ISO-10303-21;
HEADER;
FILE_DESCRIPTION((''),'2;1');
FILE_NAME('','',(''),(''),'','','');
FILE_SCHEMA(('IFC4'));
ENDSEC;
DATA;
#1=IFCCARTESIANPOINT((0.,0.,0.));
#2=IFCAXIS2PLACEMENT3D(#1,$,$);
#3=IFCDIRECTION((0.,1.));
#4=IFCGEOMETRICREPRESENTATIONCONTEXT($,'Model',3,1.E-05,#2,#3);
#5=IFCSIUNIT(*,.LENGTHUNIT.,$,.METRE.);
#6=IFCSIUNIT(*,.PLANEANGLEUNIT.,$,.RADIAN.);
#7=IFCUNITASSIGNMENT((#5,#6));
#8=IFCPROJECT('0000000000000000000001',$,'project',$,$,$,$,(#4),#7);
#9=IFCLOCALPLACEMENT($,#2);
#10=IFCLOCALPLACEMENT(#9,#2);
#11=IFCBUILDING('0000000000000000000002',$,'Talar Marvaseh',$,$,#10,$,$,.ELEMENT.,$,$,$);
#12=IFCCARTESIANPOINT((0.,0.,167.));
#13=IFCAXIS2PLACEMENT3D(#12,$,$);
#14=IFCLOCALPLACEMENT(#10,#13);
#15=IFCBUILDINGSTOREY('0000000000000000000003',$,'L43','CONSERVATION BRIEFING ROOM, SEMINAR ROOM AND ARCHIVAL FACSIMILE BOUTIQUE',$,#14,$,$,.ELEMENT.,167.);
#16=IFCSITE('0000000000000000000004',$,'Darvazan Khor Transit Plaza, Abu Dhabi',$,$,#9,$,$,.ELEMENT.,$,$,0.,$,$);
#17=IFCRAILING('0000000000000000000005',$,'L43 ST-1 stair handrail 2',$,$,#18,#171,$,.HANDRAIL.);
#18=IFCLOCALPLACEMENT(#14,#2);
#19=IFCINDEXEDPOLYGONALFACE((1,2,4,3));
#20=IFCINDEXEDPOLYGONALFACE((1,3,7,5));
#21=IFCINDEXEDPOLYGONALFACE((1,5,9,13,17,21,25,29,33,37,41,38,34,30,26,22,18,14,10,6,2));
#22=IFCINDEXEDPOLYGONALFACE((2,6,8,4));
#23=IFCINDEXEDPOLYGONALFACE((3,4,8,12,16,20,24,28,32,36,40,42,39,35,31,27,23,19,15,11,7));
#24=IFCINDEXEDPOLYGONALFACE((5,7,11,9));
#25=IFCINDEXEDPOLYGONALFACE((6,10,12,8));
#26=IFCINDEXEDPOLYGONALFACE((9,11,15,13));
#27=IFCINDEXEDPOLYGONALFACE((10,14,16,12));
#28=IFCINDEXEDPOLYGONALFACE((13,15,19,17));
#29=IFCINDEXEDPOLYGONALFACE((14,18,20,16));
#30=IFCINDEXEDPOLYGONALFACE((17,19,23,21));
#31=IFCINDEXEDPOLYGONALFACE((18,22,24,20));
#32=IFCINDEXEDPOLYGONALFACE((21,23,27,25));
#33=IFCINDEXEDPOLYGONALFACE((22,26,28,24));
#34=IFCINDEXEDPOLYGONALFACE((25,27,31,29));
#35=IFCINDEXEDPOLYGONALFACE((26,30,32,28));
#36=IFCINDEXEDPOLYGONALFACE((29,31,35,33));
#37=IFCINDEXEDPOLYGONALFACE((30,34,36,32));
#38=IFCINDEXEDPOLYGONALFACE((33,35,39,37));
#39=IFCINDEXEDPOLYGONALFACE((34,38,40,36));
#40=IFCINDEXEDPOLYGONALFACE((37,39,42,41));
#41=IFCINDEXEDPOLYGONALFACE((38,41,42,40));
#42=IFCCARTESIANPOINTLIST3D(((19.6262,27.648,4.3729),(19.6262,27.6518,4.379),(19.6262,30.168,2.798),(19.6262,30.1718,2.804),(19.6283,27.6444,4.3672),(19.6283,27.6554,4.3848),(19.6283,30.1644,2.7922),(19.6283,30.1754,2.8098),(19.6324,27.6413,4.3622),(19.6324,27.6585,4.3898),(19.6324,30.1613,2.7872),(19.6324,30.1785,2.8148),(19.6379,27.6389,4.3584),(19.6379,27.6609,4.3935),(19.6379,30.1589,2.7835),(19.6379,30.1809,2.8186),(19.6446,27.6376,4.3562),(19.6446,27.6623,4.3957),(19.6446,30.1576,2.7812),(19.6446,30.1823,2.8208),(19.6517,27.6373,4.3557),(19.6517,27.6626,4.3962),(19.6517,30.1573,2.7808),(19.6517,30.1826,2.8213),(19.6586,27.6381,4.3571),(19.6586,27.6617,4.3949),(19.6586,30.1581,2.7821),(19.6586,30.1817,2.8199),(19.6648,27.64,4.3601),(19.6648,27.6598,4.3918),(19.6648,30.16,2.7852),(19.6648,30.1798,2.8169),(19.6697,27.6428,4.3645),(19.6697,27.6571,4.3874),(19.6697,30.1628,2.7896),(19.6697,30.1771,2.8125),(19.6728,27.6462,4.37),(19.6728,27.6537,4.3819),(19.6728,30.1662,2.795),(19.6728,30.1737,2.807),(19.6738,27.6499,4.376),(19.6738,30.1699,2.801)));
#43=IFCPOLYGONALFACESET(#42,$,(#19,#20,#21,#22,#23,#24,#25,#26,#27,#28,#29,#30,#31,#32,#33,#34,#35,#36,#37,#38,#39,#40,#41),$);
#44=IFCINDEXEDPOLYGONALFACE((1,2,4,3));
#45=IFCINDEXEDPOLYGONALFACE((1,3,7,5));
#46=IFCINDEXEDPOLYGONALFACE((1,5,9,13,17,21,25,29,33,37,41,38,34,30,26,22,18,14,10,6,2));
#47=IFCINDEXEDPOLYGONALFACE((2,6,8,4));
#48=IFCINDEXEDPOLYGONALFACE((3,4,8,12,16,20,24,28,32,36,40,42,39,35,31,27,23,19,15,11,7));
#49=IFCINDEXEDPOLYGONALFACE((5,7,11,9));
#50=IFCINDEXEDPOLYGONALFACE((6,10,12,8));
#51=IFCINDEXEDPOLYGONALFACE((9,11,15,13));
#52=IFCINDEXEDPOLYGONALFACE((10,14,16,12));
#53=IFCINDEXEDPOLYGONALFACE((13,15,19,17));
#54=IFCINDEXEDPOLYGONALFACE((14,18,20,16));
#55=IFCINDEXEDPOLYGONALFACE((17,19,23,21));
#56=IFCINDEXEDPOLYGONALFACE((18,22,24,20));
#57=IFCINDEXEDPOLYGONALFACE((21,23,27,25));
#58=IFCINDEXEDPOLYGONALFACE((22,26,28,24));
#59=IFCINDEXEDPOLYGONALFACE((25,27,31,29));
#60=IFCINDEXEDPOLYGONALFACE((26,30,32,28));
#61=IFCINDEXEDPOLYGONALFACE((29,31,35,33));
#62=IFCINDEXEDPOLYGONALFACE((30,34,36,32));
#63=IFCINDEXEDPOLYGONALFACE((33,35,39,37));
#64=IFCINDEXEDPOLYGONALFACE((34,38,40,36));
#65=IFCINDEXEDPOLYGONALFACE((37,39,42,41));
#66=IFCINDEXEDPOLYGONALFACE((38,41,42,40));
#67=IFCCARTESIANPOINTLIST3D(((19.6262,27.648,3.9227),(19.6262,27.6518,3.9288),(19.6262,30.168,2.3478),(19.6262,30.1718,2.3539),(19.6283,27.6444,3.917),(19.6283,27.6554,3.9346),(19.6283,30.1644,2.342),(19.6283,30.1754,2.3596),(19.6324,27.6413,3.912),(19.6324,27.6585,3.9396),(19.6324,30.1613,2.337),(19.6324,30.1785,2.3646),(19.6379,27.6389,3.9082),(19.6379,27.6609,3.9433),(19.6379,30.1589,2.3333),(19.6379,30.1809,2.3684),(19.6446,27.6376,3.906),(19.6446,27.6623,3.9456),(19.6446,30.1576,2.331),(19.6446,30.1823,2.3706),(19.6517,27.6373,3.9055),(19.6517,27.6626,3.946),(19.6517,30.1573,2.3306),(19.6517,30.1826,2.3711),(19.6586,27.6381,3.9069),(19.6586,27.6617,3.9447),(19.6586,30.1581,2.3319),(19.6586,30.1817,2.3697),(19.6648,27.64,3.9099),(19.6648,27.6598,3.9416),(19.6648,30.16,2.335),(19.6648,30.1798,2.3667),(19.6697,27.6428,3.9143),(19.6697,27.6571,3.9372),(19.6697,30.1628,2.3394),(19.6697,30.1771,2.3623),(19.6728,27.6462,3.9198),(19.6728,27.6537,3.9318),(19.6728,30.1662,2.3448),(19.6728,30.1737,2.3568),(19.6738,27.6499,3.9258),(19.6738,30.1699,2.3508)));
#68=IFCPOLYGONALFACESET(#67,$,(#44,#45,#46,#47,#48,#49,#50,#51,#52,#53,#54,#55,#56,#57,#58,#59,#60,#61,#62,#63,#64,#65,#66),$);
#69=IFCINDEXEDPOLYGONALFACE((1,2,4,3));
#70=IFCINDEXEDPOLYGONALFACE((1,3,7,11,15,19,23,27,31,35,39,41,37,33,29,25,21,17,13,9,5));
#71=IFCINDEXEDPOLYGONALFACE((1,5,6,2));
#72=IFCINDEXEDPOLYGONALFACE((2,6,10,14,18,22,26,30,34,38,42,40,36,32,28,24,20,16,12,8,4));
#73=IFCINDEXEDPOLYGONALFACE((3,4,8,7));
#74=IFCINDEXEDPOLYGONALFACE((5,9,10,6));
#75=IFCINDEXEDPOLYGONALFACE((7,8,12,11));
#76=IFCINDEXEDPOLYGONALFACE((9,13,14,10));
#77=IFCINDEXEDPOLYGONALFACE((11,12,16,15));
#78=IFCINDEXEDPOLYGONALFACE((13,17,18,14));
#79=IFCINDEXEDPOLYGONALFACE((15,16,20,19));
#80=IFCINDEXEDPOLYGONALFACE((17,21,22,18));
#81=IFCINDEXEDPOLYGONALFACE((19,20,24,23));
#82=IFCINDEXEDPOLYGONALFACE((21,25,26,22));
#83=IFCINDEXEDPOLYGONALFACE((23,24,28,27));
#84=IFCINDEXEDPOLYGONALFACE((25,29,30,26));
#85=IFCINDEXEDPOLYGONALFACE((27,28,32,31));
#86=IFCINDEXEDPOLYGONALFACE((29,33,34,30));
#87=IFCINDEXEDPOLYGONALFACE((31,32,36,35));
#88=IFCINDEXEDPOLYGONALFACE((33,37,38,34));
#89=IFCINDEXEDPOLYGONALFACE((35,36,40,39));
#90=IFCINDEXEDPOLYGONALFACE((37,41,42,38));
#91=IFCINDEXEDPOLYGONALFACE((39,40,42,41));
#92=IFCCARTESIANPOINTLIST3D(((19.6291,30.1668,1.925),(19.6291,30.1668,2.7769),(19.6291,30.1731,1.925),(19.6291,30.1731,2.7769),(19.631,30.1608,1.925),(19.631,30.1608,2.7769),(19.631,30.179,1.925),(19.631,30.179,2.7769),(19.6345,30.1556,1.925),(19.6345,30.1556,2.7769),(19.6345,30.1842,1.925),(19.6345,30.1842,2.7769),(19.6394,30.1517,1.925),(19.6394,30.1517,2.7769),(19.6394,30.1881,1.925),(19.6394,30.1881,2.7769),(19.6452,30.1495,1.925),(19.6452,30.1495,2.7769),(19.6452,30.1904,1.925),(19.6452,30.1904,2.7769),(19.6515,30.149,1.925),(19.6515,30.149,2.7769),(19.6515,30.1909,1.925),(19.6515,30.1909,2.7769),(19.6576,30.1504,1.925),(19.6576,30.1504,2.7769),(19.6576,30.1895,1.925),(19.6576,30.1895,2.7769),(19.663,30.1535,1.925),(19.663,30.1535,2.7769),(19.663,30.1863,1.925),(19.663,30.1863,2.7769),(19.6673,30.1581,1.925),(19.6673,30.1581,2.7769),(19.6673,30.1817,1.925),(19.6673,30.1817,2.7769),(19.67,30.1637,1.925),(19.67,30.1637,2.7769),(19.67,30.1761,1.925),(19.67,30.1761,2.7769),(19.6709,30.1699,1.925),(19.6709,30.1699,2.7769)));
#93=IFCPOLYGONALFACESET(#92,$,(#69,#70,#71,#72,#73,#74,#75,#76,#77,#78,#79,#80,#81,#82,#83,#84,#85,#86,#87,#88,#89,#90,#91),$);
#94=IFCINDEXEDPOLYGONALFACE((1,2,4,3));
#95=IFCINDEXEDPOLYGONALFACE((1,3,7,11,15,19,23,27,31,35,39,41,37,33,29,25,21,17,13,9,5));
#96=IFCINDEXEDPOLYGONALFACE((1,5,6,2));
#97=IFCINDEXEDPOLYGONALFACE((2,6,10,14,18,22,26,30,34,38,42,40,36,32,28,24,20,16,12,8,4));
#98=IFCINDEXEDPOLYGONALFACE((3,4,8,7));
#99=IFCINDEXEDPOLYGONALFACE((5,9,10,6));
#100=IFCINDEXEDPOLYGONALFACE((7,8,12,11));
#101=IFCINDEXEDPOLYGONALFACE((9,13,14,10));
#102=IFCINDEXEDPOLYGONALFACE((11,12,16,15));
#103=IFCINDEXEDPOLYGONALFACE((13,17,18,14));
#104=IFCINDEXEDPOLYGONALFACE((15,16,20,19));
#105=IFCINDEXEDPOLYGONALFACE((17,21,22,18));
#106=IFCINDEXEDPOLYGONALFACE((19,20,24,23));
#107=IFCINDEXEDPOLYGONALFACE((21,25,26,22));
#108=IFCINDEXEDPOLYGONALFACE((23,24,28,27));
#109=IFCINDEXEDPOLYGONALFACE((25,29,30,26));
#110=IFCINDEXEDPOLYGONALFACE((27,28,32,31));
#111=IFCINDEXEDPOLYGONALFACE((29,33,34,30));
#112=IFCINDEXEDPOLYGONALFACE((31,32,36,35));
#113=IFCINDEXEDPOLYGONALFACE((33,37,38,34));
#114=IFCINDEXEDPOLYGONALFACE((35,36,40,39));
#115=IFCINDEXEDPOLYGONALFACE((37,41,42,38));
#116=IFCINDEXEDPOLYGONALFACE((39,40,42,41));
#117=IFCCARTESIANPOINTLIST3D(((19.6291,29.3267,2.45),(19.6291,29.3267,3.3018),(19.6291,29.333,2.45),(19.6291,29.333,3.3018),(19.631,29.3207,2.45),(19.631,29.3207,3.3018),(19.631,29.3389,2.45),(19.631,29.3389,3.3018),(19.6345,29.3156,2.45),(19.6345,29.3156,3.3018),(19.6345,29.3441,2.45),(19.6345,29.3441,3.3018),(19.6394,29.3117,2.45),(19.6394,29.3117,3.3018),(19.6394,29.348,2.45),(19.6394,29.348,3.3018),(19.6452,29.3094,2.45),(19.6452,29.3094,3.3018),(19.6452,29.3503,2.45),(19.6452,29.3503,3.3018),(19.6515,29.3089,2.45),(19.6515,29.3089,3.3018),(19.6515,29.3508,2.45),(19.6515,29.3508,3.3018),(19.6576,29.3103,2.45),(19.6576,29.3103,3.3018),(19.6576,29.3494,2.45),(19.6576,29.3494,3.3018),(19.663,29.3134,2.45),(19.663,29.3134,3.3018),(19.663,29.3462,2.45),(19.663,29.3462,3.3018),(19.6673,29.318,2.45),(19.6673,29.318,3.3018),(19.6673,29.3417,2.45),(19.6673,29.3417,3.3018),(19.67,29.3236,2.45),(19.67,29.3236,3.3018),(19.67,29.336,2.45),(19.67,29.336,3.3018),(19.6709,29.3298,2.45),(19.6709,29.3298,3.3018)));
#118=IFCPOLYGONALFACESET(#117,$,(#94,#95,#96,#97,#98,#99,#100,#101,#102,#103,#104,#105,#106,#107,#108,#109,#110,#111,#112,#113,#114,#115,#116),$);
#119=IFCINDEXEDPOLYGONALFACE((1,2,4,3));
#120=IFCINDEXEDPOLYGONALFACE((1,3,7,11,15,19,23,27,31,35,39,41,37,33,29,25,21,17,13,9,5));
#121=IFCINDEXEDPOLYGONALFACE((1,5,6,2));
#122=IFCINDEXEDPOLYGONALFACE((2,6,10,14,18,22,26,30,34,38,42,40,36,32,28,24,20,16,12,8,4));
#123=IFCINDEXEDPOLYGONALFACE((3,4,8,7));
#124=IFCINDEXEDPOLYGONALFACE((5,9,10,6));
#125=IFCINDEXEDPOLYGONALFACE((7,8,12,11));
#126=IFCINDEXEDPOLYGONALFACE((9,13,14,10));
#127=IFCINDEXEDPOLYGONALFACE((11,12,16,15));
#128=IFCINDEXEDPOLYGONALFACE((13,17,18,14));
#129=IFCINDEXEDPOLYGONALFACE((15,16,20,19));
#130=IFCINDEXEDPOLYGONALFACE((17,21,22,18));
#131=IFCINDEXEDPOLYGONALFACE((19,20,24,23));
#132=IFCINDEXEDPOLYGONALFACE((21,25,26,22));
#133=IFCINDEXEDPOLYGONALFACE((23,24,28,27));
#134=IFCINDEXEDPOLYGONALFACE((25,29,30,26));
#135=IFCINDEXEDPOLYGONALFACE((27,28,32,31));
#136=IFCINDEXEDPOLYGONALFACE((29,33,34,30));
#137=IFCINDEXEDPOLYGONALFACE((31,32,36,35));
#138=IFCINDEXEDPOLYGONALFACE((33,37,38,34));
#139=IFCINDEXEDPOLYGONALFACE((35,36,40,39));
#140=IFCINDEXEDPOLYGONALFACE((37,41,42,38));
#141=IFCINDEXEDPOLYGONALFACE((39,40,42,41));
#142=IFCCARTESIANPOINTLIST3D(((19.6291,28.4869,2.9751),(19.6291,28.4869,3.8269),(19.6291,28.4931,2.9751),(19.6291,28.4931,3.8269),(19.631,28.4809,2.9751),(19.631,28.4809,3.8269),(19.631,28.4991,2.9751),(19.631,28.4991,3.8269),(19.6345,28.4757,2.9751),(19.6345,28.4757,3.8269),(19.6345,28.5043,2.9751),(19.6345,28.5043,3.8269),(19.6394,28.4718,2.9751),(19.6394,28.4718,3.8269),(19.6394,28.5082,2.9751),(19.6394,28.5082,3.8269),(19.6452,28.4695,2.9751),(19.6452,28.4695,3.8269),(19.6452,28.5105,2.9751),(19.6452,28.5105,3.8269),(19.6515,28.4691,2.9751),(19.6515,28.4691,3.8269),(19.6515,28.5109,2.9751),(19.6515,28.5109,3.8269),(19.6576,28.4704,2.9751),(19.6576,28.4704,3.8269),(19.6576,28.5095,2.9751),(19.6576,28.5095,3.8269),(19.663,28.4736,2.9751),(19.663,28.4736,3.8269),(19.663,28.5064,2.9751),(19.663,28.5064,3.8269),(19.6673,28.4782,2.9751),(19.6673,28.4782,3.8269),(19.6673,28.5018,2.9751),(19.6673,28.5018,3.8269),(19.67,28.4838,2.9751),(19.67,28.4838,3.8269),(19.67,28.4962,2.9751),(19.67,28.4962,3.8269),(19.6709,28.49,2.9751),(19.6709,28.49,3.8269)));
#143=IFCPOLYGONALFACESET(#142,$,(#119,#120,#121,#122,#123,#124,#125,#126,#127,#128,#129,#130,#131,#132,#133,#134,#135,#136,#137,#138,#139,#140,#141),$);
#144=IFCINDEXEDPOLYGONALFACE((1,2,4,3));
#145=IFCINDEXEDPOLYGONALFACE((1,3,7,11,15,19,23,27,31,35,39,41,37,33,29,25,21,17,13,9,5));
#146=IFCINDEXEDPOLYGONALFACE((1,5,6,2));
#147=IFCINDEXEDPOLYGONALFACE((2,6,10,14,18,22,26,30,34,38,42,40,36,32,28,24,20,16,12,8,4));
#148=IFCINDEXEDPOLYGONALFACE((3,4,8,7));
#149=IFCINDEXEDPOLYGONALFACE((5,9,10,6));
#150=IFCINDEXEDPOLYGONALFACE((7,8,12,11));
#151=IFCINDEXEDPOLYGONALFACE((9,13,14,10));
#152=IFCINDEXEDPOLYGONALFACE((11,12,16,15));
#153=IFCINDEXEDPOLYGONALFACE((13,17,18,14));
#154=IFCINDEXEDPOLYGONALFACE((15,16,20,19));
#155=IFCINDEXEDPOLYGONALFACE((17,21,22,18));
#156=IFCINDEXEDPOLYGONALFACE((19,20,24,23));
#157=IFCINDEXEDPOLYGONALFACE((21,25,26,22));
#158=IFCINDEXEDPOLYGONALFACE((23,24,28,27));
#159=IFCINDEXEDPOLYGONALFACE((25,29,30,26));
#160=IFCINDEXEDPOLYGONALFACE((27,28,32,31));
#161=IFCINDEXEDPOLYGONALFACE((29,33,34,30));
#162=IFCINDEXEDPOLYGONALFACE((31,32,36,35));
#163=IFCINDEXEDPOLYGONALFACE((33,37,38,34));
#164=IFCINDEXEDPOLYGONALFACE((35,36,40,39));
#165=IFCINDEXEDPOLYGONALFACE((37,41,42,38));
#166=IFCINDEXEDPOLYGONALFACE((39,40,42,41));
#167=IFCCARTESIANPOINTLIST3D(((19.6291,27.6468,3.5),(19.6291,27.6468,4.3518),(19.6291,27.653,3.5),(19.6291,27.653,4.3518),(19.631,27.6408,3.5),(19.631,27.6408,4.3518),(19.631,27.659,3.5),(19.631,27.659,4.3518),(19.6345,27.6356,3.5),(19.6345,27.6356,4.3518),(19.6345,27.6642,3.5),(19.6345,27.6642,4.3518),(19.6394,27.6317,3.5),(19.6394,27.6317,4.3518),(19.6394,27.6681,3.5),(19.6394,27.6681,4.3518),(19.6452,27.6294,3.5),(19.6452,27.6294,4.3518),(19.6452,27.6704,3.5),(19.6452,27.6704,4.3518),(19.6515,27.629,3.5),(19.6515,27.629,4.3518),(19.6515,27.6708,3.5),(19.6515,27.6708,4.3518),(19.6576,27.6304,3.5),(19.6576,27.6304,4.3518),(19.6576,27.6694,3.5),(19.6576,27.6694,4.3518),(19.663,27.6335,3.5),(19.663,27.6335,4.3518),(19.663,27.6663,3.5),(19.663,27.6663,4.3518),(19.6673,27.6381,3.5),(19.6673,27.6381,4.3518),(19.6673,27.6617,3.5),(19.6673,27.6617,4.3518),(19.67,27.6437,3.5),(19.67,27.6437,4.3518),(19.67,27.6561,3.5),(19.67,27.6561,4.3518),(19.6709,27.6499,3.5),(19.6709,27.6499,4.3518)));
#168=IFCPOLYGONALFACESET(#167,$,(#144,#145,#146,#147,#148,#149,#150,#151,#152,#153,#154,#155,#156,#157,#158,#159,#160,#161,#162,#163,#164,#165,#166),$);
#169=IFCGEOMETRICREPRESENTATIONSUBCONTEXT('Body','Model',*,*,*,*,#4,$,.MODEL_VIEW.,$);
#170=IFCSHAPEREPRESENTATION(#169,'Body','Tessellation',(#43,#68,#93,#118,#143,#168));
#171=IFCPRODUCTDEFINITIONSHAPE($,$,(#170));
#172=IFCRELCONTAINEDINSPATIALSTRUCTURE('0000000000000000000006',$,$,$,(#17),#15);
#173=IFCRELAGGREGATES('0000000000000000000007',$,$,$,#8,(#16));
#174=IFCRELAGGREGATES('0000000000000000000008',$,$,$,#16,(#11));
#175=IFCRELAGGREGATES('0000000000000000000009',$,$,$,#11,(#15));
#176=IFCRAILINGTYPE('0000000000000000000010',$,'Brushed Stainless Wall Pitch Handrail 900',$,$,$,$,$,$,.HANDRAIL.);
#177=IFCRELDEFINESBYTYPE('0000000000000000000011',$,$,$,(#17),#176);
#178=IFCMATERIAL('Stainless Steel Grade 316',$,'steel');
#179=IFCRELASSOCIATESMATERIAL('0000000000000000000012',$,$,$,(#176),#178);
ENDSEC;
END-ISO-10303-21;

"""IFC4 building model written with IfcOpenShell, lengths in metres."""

from ifc_helpers import new_model, si_unit, direction, frame, origin, origin_2d, place, context, subcontext, project, spatial, circle, extrude, material, type_object, element, save


model = new_model("IFC4")

# Units and contexts
model_context = context("Model", 3, precision=1e-05, world=origin(), true_north=direction((0.0, 1.0)))
body_context = subcontext(model_context, "Body", "Model", "MODEL_VIEW")
ifc_project = project(units=[si_unit("LENGTHUNIT", "METRE"), si_unit("PLANEANGLEUNIT", "RADIAN")], contexts=[model_context])

# Site, building, storey
site_placement = place(None, origin())
site = spatial("IfcSite", under=ifc_project, at=site_placement, Name="Darvazan Khor Transit Plaza, Abu Dhabi", CompositionType="ELEMENT", RefElevation=0.0)
building_placement = place(site_placement, origin())
building = spatial("IfcBuilding", under=site, at=building_placement, Name="Talar Marvaseh", CompositionType="ELEMENT")
storey_placement = place(building_placement, frame((0.0, 0.0, 167.0)))
storey = spatial("IfcBuildingStorey", under=building, at=storey_placement, Name="L43", Description="CONSERVATION BRIEFING ROOM, SEMINAR ROOM AND ARCHIVAL FACSIMILE BOUTIQUE", CompositionType="ELEMENT", Elevation=167.0)

# Railing
ifc_material_1 = material(Name="Stainless Steel Grade 316", Category="steel")
railing_type_1 = type_object("IfcRailingType", Name="Brushed Stainless Wall Pitch Handrail 900", PredefinedType="HANDRAIL", material=ifc_material_1)
railing_1_placement = place(storey_placement, frame((19.6499, 30.1699, 1.925)))
element("IfcRailing", 1, at=railing_1_placement, inside=storey, type_object=railing_type_1, Name="L43 ST-1 stair handrail 2", PredefinedType="HANDRAIL", context=body_context, shape_type="SweptSolid", body=[
    extrude(circle(Radius=0.0239, at=origin_2d()), frame((0.0, 0.0, 0.876), z_axis=(0.0, -0.848008, 0.529984), x_axis=(1.0, 0.0, 0.0)), (0.0, 0.0, 1.0), 2.9717),
    extrude(circle(Radius=0.0239, at=origin_2d()), frame((0.0, 0.0, 0.4258), z_axis=(0.0, -0.848008, 0.529984), x_axis=(1.0, 0.0, 0.0)), (0.0, 0.0, 1.0), 2.9717),
    extrude(circle(Radius=0.021, at=origin_2d()), origin(), (0.0, 0.0, 1.0), 0.8518),
    extrude(circle(Radius=0.021, at=origin_2d()), frame((0.0, -0.8401, 0.5249)), (0.0, 0.0, 1.0), 0.8518),
    extrude(circle(Radius=0.021, at=origin_2d()), frame((0.0, -1.6799, 1.05)), (0.0, 0.0, 1.0), 0.8518),
    extrude(circle(Radius=0.021, at=origin_2d()), frame((0.0, -2.52, 1.575)), (0.0, 0.0, 1.0), 0.8518),
])

save(model, "model.ifc")
